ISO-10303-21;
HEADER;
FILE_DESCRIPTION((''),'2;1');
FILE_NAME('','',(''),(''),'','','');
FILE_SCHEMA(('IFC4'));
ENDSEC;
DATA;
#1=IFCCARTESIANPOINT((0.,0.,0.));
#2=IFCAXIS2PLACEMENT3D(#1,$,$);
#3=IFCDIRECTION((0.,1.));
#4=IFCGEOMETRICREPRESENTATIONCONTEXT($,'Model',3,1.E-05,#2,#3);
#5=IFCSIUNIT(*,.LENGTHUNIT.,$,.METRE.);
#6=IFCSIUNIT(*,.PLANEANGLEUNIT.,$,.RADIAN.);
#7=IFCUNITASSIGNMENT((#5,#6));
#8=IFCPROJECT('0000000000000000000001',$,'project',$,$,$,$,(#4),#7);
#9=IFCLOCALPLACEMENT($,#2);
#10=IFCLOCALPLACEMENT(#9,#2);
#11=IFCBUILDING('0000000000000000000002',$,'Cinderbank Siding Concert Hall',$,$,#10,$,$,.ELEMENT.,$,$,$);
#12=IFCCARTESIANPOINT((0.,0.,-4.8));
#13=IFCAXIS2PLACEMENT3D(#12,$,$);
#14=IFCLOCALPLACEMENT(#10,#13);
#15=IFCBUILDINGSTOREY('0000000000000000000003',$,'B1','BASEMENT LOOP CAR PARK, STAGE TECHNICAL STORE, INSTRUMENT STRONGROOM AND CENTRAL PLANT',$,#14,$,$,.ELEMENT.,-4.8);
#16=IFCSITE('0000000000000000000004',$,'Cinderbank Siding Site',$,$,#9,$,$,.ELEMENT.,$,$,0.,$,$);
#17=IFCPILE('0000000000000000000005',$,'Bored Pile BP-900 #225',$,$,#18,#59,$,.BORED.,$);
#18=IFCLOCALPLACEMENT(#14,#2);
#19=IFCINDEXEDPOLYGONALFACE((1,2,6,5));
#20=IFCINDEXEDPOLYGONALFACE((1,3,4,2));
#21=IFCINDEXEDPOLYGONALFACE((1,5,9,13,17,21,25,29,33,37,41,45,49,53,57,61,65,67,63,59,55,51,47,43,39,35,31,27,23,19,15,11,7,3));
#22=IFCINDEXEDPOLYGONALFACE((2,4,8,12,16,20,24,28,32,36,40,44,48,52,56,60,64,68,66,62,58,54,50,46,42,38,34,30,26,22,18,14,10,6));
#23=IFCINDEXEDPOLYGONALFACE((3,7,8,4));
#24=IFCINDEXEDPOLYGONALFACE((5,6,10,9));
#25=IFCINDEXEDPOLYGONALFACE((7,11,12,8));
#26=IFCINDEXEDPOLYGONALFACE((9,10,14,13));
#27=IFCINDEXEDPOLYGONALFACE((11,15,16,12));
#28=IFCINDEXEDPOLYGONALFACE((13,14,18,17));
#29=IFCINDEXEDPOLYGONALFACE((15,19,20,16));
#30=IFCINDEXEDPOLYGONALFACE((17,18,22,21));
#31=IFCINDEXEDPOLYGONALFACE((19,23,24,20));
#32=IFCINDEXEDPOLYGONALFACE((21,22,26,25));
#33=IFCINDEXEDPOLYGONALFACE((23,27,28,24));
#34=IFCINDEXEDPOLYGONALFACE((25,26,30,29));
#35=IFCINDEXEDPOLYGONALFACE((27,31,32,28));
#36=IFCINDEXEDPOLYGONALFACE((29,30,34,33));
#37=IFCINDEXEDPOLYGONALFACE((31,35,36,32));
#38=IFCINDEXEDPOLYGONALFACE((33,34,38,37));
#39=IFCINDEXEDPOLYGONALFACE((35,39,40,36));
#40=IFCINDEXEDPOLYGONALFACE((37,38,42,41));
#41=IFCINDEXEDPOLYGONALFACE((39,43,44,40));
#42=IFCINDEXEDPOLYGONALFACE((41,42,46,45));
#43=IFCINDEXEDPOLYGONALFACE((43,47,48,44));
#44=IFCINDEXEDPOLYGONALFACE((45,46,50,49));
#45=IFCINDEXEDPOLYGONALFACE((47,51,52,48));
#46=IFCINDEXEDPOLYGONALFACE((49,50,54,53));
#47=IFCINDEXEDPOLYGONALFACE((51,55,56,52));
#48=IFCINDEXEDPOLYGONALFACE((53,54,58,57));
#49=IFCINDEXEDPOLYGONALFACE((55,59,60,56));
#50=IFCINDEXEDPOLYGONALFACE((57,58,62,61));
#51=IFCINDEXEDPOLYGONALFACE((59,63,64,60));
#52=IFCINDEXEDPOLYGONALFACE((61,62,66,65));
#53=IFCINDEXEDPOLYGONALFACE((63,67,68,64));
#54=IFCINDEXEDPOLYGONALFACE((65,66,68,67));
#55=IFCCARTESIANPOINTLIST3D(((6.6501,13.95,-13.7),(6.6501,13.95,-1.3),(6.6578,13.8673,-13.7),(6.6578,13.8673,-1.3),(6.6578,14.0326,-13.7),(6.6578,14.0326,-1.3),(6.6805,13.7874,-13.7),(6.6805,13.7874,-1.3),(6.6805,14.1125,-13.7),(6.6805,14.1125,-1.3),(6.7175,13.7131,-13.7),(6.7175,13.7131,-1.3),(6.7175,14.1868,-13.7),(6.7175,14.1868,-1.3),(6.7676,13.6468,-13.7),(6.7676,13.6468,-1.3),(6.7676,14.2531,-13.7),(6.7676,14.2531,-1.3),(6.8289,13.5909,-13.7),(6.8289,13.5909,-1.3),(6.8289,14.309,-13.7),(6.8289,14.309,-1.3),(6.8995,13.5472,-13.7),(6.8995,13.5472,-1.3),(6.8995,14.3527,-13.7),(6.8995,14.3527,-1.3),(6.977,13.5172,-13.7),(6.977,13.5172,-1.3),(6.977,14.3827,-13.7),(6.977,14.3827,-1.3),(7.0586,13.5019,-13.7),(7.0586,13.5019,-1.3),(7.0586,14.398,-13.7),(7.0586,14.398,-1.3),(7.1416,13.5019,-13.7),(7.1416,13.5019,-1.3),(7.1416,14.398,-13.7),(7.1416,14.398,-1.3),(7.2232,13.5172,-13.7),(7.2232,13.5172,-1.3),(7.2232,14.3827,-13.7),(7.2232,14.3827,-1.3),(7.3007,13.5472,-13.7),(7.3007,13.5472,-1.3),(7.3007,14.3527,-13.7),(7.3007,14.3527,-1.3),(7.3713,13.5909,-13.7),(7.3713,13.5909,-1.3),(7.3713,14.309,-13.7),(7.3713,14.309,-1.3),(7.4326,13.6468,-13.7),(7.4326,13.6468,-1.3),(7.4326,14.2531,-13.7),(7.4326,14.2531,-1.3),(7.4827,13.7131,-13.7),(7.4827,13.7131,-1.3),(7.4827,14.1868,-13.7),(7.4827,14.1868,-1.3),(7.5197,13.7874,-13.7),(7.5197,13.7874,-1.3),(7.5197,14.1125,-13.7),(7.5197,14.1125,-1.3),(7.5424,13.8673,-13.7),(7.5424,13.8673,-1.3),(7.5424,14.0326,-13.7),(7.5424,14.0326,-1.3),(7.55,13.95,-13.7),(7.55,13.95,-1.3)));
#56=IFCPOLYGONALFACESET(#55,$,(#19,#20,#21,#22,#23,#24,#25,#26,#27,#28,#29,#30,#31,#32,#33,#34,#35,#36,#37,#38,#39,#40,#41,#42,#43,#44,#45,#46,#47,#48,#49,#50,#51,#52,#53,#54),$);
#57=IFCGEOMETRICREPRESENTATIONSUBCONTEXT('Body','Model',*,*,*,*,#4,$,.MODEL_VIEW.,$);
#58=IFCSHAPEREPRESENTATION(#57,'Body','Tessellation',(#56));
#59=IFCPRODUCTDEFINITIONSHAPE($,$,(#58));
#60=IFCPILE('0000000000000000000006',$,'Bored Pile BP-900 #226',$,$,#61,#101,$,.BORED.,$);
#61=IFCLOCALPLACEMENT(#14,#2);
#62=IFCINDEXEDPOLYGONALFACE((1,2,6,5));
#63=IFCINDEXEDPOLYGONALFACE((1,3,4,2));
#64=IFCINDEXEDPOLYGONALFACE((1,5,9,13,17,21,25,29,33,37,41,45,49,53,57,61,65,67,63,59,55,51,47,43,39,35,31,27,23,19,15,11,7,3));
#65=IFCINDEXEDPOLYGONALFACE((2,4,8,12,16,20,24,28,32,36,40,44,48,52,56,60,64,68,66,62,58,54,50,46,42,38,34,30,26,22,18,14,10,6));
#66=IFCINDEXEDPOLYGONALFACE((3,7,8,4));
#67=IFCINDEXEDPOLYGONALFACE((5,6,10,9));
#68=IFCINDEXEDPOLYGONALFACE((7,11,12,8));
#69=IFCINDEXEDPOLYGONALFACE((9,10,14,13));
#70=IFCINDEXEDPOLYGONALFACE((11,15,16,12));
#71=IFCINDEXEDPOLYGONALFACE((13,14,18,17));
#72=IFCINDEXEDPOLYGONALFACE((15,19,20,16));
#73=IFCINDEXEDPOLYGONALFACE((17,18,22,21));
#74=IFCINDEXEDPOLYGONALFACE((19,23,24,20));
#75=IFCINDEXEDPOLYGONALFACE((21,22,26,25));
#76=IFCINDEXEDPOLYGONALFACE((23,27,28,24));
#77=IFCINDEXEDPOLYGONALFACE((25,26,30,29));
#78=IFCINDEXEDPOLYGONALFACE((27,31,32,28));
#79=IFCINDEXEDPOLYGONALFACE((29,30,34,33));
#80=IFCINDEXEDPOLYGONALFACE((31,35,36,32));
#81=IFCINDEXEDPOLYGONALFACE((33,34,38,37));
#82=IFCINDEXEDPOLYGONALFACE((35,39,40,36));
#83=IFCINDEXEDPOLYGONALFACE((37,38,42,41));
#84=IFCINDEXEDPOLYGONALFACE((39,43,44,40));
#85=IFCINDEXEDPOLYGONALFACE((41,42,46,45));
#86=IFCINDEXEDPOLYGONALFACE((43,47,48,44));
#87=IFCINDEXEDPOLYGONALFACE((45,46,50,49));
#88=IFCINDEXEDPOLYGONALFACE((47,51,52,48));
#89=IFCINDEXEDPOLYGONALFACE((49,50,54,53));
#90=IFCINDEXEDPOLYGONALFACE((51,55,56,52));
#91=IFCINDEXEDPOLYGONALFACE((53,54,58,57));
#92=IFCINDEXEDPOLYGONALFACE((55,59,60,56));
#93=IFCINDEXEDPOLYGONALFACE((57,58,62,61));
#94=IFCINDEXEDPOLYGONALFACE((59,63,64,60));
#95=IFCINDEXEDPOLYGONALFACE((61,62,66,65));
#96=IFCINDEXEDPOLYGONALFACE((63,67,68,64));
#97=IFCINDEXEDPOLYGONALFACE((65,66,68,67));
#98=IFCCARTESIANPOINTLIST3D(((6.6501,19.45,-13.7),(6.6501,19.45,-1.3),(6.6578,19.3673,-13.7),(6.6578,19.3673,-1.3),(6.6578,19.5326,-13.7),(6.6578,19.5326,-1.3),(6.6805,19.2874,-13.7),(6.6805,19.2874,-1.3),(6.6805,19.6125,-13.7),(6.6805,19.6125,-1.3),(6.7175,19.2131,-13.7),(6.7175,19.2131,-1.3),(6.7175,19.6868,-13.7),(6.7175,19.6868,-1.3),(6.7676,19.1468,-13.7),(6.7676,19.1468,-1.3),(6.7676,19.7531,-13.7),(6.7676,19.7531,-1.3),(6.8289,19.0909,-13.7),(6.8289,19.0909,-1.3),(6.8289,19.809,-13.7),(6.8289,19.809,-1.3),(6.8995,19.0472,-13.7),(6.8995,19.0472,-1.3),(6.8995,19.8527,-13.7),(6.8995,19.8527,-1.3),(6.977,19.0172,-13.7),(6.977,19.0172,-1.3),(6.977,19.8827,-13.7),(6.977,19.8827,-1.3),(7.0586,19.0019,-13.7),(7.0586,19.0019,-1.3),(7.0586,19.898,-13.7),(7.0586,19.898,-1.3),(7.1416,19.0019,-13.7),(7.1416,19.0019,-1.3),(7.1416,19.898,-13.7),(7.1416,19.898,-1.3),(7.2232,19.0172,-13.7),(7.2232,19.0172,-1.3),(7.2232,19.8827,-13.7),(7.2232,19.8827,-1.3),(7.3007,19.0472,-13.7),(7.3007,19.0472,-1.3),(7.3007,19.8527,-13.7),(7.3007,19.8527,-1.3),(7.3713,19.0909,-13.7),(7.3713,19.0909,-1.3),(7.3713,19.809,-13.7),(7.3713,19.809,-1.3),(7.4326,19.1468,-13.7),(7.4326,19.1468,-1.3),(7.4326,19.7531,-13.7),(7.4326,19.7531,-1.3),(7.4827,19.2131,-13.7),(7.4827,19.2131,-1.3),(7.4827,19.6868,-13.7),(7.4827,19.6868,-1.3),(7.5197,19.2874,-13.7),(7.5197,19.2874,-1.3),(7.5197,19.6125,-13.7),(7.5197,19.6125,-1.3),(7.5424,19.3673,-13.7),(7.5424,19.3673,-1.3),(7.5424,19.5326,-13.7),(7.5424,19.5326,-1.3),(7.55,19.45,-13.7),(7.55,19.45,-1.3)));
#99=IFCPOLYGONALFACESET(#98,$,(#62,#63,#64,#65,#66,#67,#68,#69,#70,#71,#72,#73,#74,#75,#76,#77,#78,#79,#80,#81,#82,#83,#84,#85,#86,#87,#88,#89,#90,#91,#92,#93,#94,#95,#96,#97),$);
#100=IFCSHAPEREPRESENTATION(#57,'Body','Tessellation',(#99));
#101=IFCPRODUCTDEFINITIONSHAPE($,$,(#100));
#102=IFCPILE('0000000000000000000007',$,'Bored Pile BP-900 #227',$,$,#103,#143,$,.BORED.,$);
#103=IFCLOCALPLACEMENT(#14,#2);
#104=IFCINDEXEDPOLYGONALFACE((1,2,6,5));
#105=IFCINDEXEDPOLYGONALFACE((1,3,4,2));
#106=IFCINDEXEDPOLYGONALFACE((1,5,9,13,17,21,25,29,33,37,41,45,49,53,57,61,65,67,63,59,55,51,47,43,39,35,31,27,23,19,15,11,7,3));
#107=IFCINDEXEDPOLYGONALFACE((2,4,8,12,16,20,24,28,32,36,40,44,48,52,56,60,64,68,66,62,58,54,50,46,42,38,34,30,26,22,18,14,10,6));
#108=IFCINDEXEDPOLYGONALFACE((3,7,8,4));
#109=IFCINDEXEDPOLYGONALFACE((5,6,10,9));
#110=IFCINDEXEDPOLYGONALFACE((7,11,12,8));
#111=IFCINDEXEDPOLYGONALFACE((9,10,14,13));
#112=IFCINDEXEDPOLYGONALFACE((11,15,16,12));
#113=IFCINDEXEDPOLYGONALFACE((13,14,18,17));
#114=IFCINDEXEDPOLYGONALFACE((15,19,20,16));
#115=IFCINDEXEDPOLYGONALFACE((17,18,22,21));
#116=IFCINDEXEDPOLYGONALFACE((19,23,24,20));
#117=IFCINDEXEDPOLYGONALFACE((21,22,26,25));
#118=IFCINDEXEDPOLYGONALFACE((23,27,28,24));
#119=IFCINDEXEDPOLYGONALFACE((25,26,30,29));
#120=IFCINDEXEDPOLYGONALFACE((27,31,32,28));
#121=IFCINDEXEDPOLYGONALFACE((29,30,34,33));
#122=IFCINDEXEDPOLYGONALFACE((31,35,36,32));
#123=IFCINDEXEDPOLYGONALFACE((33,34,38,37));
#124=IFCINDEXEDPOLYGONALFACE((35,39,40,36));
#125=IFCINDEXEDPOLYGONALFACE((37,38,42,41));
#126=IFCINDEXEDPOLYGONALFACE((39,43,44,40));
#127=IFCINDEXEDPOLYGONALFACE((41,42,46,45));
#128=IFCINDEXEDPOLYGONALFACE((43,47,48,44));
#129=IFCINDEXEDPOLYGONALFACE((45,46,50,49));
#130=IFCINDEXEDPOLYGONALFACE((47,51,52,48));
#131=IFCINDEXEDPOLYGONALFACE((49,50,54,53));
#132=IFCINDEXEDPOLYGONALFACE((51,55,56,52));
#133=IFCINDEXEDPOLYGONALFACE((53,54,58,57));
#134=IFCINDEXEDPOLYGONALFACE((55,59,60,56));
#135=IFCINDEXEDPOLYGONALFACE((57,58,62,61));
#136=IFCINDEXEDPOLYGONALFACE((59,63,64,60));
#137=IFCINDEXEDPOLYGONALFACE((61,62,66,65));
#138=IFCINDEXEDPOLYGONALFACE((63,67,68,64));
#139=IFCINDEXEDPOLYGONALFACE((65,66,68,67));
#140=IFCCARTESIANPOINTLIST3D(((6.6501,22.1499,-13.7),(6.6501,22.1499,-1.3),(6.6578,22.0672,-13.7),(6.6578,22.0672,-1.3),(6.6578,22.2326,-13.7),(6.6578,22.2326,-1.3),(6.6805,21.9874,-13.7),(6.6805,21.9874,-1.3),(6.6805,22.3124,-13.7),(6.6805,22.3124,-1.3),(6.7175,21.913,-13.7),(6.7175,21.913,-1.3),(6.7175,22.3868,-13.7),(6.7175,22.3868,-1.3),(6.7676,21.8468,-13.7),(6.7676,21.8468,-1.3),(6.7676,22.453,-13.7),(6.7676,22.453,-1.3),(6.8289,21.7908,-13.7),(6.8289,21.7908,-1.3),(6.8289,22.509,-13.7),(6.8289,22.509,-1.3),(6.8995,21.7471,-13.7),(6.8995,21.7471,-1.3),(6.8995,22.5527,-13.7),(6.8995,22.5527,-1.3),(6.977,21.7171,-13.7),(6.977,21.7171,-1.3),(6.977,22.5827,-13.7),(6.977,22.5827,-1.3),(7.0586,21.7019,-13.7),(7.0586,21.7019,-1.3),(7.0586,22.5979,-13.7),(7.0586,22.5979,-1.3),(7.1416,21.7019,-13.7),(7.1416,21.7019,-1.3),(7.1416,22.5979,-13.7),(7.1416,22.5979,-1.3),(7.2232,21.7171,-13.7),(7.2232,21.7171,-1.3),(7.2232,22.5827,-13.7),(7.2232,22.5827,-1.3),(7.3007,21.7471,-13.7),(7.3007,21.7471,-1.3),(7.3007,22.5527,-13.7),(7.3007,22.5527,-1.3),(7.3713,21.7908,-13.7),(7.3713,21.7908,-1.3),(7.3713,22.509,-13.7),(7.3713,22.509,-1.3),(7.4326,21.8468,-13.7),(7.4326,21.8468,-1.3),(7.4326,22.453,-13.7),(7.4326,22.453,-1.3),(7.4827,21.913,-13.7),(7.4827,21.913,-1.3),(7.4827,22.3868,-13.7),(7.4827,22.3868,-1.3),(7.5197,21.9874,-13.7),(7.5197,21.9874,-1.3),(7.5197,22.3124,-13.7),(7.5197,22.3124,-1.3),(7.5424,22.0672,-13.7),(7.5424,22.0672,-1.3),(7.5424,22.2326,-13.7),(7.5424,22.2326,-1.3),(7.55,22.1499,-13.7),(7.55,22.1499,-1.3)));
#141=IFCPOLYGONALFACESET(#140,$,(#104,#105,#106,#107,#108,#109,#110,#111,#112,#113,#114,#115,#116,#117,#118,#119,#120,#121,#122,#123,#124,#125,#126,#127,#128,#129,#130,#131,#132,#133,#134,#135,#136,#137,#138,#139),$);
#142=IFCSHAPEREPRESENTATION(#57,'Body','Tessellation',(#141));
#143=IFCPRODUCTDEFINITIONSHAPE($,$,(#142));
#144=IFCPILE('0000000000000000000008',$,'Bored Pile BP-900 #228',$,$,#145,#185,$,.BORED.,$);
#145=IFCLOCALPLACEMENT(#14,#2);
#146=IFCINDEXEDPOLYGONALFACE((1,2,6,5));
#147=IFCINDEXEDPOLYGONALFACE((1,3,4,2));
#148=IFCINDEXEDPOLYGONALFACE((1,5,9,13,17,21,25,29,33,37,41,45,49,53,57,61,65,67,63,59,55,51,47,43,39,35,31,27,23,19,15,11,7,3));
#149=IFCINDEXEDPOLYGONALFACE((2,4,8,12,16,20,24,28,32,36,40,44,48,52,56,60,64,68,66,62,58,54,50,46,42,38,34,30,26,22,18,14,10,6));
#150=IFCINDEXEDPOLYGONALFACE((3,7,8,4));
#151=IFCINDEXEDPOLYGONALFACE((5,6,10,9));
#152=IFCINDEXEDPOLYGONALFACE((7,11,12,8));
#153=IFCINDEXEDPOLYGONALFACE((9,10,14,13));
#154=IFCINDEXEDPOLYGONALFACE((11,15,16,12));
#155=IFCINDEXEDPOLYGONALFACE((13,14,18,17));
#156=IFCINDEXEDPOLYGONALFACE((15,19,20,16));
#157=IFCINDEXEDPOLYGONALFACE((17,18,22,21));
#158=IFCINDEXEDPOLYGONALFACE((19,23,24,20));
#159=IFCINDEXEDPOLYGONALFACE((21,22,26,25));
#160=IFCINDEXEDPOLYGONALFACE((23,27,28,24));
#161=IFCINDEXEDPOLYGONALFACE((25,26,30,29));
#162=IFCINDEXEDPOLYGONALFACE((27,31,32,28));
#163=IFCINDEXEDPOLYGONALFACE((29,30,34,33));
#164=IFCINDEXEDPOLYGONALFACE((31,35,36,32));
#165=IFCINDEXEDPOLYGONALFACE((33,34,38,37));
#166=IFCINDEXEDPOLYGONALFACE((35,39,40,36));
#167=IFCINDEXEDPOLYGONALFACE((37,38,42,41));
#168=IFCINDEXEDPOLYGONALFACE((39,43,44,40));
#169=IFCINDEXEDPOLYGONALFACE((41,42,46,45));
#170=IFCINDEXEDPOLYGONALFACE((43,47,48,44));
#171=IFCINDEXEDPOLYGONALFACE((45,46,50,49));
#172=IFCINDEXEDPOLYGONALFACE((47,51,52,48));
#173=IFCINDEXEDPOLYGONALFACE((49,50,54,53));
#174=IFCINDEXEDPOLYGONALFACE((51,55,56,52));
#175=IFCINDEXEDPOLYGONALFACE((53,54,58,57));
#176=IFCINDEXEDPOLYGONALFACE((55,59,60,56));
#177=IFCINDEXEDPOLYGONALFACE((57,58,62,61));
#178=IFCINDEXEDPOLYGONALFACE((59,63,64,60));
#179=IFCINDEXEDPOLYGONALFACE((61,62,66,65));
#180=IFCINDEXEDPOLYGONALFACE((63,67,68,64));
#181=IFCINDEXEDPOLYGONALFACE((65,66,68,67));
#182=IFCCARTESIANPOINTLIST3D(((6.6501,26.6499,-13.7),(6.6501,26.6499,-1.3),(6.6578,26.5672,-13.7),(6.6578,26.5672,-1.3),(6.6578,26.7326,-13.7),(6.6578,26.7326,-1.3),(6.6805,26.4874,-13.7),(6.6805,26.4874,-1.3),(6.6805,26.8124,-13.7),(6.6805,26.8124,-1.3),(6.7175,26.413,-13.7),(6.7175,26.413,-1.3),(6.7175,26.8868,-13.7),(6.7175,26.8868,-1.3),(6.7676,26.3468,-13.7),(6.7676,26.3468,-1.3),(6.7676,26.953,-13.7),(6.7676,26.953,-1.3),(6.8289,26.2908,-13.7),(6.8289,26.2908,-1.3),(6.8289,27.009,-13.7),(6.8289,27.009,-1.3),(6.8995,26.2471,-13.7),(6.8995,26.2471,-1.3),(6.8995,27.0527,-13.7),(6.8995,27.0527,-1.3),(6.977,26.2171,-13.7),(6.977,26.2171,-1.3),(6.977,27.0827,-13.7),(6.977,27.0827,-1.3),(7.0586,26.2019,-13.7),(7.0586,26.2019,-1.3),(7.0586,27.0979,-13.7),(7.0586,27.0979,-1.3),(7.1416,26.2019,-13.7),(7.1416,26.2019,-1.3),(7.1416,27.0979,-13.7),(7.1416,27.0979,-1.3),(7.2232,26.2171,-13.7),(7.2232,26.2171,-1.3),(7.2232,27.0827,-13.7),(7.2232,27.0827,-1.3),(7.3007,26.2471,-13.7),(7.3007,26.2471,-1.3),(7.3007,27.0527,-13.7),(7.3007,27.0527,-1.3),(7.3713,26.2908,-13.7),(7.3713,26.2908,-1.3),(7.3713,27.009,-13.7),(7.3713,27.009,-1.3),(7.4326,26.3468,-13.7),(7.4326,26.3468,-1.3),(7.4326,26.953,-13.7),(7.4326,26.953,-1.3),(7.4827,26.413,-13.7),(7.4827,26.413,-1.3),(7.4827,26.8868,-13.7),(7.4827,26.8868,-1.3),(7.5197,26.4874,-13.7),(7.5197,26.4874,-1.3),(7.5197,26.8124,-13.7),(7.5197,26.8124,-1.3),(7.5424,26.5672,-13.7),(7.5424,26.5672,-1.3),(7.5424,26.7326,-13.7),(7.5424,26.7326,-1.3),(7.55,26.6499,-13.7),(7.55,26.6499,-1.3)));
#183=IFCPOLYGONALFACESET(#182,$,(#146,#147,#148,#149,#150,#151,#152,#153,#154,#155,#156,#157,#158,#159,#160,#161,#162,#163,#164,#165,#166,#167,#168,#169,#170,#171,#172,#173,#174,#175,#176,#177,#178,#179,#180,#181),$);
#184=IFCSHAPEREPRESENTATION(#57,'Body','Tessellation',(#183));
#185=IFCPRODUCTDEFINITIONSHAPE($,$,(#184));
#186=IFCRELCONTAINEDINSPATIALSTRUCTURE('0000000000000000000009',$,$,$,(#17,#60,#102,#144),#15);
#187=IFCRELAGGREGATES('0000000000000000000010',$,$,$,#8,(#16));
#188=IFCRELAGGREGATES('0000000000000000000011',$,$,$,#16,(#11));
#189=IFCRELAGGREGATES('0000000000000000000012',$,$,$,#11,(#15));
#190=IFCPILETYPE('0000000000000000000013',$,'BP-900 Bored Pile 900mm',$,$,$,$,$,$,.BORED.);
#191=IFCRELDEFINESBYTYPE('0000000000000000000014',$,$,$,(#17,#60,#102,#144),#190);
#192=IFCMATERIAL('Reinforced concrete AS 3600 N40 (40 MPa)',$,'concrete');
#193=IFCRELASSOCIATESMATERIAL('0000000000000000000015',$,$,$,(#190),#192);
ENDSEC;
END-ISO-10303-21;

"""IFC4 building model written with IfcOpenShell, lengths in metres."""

from ifc_helpers import new_model, si_unit, direction, frame, origin, origin_2d, place, context, subcontext, project, spatial, circle, extrude, material, material_profile, profile_set, type_object, element, save


model = new_model("IFC4")

# Units and contexts
model_context = context("Model", 3, precision=1e-05, world=origin(), true_north=direction((0.0, 1.0)))
body_context = subcontext(model_context, "Body", "Model", "MODEL_VIEW")
ifc_project = project(units=[si_unit("LENGTHUNIT", "METRE"), si_unit("PLANEANGLEUNIT", "RADIAN")], contexts=[model_context])

# Site, building, storey
site_placement = place(None, origin())
site = spatial("IfcSite", under=ifc_project, at=site_placement, Name="Cinderbank Siding Site", CompositionType="ELEMENT", RefElevation=0.0)
building_placement = place(site_placement, origin())
building = spatial("IfcBuilding", under=site, at=building_placement, Name="Cinderbank Siding Concert Hall", CompositionType="ELEMENT")
storey_placement = place(building_placement, frame((0.0, 0.0, -4.8)))
storey = spatial("IfcBuildingStorey", under=building, at=storey_placement, Name="B1", Description="BASEMENT LOOP CAR PARK, STAGE TECHNICAL STORE, INSTRUMENT STRONGROOM AND CENTRAL PLANT", CompositionType="ELEMENT", Elevation=-4.8)

# Piles
ifc_material_1 = material(Name="Reinforced concrete AS 3600 N40 (40 MPa)", Category="concrete")
ifc_material_profile_1 = material_profile(ifc_material_1, circle(Radius=0.45, at=origin_2d()), Name="PILE-900DIA", Category="LoadBearing")
ifc_profile_set_1 = profile_set([ifc_material_profile_1], Name="Reinforced concrete AS 3600 N40 (40 MPa)")
pile_type = type_object("IfcPileType", Name="BP-900 Bored Pile 900mm", PredefinedType="BORED", material=ifc_profile_set_1)
for number, where, z_axis, x_axis, name in (
    (1, (7.1001, 13.95, -1.3), (0.0, 0.0, -1.0), (1.0, 0.0, 0.0), "Bored Pile BP-900 #225"),
    (2, (7.1001, 19.45, -1.3), (0.0, 0.0, -1.0), (1.0, 0.0, 0.0), "Bored Pile BP-900 #226"),
    (3, (7.1001, 22.1499, -1.3), (0.0, 0.0, -1.0), (1.0, 0.0, 0.0), "Bored Pile BP-900 #227"),
    (4, (7.1001, 26.6499, -1.3), (0.0, 0.0, -1.0), (1.0, 0.0, 0.0), "Bored Pile BP-900 #228"),
):
    element("IfcPile", number, at=place(storey_placement, frame(where, z_axis=z_axis, x_axis=x_axis)), inside=storey, type_object=pile_type, Name=name, PredefinedType="BORED", context=body_context, shape_type="SweptSolid", body=[
        extrude(circle(Radius=0.45, at=origin_2d()), origin(), (0.0, 0.0, 1.0), 12.3999),
    ])

save(model, "model.ifc")
